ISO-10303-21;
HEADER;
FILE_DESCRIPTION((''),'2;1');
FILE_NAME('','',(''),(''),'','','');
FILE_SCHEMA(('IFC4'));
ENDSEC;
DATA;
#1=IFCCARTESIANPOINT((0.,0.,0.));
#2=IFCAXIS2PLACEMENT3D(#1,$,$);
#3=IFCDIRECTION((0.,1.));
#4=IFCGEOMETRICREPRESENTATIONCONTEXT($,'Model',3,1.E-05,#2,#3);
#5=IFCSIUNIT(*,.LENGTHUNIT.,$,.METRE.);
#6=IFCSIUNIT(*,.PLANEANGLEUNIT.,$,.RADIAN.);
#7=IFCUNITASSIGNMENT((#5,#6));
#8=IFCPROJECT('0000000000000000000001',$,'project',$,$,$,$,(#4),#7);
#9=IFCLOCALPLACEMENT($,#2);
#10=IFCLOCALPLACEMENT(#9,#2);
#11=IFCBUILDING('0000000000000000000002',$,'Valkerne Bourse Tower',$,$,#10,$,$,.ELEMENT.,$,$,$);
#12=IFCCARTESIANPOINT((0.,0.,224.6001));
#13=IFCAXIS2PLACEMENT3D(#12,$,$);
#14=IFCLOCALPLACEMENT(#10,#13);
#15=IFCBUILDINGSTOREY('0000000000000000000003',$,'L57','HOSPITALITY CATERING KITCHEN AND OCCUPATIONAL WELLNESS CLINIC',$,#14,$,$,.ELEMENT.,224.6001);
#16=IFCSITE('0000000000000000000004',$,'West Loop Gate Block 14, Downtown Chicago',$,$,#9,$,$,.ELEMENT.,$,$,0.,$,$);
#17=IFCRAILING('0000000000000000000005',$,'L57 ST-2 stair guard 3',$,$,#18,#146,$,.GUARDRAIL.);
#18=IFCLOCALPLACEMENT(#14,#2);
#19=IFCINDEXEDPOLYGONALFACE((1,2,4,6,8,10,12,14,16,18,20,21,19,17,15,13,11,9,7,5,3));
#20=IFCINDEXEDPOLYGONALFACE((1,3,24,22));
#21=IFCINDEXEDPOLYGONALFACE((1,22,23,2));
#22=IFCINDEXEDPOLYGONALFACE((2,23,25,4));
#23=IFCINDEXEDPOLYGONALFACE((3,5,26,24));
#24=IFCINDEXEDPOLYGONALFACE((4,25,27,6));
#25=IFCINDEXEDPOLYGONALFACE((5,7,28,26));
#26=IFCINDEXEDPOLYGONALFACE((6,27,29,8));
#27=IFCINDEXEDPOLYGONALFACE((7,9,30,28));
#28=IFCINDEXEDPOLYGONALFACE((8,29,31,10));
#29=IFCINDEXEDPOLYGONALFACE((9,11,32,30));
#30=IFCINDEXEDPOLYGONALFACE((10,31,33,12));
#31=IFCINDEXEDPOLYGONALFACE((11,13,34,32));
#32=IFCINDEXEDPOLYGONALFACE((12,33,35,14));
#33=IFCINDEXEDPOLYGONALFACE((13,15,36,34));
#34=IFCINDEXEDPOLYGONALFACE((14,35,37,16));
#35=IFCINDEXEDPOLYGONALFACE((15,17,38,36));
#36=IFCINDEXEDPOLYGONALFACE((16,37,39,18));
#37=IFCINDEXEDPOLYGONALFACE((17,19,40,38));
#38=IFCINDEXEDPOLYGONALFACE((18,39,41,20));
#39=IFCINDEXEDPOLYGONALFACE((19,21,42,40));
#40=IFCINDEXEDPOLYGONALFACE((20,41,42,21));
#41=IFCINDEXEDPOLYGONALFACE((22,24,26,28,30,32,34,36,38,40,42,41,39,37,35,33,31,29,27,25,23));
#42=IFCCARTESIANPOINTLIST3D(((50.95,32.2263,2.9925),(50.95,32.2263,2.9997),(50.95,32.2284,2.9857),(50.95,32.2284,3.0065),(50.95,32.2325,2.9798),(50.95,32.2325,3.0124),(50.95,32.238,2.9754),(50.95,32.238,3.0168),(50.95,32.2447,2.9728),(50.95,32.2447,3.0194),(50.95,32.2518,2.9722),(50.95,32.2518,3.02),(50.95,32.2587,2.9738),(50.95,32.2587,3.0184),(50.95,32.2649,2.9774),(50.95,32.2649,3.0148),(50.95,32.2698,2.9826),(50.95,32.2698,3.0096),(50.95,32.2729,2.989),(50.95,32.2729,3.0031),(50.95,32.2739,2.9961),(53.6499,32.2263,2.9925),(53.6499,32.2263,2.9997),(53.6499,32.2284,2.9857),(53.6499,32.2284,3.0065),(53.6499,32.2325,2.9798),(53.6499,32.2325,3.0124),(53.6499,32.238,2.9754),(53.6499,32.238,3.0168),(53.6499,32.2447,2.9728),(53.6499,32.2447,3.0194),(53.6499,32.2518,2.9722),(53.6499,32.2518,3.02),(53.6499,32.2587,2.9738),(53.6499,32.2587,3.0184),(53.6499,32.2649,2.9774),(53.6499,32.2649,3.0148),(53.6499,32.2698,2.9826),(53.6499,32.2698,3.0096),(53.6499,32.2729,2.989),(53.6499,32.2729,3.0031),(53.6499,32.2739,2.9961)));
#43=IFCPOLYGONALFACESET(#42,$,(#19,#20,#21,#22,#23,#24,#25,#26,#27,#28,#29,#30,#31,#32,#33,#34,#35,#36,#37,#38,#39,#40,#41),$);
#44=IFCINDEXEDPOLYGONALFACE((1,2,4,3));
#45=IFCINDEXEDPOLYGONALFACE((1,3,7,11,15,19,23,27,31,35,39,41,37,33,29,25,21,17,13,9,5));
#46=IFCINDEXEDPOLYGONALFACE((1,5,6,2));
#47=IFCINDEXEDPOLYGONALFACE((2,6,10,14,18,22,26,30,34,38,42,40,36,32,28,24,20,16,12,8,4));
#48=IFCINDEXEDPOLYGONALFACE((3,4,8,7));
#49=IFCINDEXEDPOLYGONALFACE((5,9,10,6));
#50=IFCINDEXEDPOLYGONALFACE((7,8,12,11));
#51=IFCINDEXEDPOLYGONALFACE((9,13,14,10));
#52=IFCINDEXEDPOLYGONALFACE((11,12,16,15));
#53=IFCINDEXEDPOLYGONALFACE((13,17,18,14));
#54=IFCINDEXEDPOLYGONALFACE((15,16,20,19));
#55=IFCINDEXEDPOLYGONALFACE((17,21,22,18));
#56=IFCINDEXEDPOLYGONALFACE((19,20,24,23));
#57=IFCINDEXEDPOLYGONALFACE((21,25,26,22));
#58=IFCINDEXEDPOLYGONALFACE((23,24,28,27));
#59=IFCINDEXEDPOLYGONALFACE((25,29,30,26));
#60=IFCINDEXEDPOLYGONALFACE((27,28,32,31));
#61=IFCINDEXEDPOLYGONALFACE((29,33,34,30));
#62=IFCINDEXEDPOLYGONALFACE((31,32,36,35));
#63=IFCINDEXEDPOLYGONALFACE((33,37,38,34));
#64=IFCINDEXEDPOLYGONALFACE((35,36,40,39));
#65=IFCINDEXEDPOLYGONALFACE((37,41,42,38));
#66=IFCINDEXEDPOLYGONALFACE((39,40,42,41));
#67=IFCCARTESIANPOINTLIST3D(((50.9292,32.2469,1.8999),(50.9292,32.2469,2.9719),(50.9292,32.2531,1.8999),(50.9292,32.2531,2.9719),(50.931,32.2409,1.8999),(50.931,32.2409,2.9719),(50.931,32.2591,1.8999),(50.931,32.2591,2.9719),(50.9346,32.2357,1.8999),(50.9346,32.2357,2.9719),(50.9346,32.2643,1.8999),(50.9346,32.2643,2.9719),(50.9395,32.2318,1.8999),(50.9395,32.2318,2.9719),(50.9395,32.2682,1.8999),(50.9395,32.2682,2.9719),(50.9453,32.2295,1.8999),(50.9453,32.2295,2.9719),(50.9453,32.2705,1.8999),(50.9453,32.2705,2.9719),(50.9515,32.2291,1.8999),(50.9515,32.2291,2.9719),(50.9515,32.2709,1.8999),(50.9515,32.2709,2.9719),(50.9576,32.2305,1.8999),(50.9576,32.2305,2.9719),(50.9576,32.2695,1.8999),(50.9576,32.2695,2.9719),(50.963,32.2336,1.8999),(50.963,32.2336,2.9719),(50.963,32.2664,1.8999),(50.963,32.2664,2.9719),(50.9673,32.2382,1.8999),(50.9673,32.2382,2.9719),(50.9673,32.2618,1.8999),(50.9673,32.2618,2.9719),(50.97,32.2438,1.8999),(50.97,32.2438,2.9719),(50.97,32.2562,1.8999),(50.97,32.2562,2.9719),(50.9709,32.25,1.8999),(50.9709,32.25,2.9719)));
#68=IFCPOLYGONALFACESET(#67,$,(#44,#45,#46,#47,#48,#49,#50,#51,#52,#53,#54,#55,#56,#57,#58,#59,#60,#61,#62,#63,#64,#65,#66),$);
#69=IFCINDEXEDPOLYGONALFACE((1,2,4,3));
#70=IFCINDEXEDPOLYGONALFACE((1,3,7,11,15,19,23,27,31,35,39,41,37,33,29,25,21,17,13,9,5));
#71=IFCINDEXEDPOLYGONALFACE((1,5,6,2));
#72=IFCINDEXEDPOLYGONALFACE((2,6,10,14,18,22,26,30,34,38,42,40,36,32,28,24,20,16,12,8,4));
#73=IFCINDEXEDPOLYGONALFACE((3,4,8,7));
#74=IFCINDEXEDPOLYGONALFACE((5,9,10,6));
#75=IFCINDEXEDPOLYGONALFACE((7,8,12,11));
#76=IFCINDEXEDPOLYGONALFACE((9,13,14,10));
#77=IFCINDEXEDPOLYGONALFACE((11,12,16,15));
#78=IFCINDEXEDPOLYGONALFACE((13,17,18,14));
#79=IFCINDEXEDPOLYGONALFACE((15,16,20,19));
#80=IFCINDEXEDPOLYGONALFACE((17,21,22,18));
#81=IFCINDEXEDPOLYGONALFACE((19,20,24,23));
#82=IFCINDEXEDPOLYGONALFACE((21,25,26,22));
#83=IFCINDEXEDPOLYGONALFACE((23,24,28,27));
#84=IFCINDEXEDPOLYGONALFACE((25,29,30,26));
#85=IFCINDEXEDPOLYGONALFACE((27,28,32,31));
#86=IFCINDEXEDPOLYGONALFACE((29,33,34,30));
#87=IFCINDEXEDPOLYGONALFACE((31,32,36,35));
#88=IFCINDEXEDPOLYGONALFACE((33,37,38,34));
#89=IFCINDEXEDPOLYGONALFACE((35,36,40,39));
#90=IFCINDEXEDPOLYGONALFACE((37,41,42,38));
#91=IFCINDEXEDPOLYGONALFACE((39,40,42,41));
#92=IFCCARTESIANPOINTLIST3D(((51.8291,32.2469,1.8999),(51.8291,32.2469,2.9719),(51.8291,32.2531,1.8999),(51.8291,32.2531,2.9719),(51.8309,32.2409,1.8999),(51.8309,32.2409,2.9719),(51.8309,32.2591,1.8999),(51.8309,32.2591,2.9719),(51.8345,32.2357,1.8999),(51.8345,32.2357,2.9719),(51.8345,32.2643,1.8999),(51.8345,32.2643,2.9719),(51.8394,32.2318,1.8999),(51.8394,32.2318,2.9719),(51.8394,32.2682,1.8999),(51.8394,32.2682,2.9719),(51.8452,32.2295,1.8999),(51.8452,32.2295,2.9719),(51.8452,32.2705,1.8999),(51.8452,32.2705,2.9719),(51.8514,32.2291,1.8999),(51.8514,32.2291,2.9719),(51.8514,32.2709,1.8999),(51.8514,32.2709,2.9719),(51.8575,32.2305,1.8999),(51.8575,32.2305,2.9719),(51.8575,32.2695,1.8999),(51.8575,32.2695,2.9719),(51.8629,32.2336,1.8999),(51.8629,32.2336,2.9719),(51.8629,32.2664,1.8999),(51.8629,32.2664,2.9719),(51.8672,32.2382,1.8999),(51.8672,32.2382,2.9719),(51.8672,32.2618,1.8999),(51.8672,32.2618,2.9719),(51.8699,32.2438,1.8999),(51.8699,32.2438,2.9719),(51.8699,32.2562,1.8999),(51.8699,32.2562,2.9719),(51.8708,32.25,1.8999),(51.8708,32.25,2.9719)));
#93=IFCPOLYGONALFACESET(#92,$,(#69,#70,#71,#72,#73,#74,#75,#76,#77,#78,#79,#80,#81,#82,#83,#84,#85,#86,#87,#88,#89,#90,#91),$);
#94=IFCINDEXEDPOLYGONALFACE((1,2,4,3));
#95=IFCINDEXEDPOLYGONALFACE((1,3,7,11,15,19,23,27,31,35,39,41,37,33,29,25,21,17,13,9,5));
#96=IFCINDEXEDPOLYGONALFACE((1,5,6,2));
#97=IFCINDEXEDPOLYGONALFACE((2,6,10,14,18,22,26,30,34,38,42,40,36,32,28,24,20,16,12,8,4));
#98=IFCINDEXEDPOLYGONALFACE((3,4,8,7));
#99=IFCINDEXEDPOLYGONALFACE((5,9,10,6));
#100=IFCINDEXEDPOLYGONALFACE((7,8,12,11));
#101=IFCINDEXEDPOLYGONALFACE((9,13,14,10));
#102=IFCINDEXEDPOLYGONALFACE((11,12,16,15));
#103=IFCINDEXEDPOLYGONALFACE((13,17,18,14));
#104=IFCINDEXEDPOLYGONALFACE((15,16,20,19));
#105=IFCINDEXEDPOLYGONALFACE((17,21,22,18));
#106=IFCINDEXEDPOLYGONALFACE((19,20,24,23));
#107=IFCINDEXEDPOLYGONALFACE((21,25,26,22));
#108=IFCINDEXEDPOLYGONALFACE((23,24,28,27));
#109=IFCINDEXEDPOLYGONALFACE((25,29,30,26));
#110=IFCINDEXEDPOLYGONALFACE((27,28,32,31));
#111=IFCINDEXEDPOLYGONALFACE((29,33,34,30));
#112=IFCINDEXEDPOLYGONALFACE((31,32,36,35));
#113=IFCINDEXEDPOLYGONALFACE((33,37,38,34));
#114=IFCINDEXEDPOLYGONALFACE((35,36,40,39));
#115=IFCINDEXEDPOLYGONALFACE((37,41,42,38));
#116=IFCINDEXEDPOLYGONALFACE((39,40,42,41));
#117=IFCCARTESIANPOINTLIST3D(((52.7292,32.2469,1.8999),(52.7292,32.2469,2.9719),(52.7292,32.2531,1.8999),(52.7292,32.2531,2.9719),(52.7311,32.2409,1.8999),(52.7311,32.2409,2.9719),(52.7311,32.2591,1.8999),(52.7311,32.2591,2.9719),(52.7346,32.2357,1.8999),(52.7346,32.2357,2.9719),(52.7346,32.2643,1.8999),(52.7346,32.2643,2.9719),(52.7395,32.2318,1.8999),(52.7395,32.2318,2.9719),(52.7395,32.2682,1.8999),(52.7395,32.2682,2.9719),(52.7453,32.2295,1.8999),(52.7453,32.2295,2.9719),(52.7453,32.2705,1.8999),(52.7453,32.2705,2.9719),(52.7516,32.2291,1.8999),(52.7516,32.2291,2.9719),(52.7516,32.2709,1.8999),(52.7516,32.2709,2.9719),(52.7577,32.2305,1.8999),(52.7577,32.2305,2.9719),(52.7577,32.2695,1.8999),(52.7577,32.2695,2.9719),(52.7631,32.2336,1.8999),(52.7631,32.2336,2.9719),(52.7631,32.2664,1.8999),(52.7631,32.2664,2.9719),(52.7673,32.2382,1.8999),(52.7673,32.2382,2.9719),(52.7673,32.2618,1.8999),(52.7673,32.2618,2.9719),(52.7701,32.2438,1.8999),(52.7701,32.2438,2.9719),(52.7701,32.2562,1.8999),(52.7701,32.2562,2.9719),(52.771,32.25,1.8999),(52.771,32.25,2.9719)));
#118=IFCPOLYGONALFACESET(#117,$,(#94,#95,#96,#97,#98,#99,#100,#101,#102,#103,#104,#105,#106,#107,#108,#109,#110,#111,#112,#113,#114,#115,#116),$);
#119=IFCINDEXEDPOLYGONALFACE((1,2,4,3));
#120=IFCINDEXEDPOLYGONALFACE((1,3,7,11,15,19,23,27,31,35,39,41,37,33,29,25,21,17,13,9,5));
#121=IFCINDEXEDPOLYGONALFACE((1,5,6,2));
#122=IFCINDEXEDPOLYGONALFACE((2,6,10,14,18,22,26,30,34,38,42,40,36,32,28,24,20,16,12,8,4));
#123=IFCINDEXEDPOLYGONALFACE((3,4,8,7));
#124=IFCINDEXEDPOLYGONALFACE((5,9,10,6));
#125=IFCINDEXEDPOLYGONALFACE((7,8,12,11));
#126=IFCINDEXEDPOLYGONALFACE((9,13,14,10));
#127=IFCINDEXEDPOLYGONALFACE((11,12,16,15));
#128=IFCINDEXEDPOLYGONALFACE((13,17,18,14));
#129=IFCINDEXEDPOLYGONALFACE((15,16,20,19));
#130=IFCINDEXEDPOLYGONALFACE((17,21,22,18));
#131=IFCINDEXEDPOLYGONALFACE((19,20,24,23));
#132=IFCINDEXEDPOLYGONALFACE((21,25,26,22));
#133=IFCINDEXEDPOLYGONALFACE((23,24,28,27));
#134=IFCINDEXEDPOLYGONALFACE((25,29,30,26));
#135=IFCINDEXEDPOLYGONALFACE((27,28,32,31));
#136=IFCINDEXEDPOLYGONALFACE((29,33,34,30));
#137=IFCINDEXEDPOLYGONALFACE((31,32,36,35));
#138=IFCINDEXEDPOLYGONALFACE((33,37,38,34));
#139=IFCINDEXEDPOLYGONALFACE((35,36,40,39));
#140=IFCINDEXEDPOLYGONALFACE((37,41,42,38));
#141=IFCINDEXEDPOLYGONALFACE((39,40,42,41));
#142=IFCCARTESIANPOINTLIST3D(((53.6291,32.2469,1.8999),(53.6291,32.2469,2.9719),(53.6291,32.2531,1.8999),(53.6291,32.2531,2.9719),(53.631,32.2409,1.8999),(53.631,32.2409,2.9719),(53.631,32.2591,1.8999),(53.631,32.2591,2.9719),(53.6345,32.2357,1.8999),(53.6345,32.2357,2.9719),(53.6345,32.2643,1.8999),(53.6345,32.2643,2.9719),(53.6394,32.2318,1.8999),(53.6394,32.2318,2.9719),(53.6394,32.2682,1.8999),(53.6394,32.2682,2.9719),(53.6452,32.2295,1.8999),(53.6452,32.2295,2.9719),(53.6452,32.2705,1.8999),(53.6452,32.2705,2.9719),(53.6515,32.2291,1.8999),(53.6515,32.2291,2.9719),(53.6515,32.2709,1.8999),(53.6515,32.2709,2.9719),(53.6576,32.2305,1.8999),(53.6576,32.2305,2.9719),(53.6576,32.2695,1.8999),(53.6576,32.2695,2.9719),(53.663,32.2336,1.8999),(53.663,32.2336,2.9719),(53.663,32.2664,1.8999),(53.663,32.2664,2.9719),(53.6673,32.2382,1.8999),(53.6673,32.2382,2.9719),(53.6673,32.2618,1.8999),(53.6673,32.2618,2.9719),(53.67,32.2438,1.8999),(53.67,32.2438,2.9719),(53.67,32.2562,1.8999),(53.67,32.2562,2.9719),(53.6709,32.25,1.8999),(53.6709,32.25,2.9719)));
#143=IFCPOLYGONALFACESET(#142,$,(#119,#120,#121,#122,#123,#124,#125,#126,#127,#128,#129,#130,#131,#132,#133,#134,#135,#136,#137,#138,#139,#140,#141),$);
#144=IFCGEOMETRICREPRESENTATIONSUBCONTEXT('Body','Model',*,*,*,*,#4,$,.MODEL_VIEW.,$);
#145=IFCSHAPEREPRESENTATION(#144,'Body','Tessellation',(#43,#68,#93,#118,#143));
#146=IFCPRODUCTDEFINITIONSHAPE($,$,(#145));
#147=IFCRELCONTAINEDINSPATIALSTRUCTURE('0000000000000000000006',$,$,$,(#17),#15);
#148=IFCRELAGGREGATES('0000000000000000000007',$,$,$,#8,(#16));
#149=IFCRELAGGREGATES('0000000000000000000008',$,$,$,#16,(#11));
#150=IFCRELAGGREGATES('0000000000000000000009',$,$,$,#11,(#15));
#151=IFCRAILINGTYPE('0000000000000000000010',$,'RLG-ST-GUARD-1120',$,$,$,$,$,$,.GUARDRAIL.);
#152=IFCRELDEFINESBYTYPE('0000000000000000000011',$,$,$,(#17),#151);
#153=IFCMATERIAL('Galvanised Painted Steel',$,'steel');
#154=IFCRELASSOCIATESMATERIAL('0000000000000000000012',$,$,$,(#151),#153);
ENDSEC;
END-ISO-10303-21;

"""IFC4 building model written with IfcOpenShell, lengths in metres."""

from ifc_helpers import new_model, si_unit, direction, frame, origin, origin_2d, place, context, subcontext, project, spatial, circle, extrude, material, type_object, element, save


model = new_model("IFC4")

# Units and contexts
model_context = context("Model", 3, precision=1e-05, world=origin(), true_north=direction((0.0, 1.0)))
body_context = subcontext(model_context, "Body", "Model", "MODEL_VIEW")
ifc_project = project(units=[si_unit("LENGTHUNIT", "METRE"), si_unit("PLANEANGLEUNIT", "RADIAN")], contexts=[model_context])

# Site, building, storey
site_placement = place(None, origin())
site = spatial("IfcSite", under=ifc_project, at=site_placement, Name="West Loop Gate Block 14, Downtown Chicago", CompositionType="ELEMENT", RefElevation=0.0)
building_placement = place(site_placement, origin())
building = spatial("IfcBuilding", under=site, at=building_placement, Name="Valkerne Bourse Tower", CompositionType="ELEMENT")
storey_placement = place(building_placement, frame((0.0, 0.0, 224.6001)))
storey = spatial("IfcBuildingStorey", under=building, at=storey_placement, Name="L57", Description="HOSPITALITY CATERING KITCHEN AND OCCUPATIONAL WELLNESS CLINIC", CompositionType="ELEMENT", Elevation=224.6001)

# Shared definitions
ifc_material_1 = material(Name="Galvanised Painted Steel", Category="steel")

# Railing
railing_type_1 = type_object("IfcRailingType", Name="RLG-ST-GUARD-1120", PredefinedType="GUARDRAIL", material=ifc_material_1)
for number, where, name in (
    (1, (50.95, 32.25, 1.8999), "L57 ST-2 stair guard 3"),
):
    element("IfcRailing", number, at=place(storey_placement, frame(where)), inside=storey, type_object=railing_type_1, Name=name, PredefinedType="GUARDRAIL", context=body_context, shape_type="SweptSolid", body=[
        extrude(circle(Radius=0.0239, at=origin_2d()), frame((0.0, 0.0, 1.0962), z_axis=(1.0, 0.0, 0.0), x_axis=(0.0, 1.0, 0.0)), (0.0, 0.0, 1.0), 2.7),
        extrude(circle(Radius=0.021, at=origin_2d()), origin(), (0.0, 0.0, 1.0), 1.072),
        extrude(circle(Radius=0.021, at=origin_2d()), frame((0.8999, 0.0, 0.0)), (0.0, 0.0, 1.0), 1.072),
        extrude(circle(Radius=0.021, at=origin_2d()), frame((1.8, 0.0, 0.0)), (0.0, 0.0, 1.0), 1.072),
        extrude(circle(Radius=0.021, at=origin_2d()), frame((2.7, 0.0, 0.0)), (0.0, 0.0, 1.0), 1.072),
    ])

save(model, "model.ifc")
